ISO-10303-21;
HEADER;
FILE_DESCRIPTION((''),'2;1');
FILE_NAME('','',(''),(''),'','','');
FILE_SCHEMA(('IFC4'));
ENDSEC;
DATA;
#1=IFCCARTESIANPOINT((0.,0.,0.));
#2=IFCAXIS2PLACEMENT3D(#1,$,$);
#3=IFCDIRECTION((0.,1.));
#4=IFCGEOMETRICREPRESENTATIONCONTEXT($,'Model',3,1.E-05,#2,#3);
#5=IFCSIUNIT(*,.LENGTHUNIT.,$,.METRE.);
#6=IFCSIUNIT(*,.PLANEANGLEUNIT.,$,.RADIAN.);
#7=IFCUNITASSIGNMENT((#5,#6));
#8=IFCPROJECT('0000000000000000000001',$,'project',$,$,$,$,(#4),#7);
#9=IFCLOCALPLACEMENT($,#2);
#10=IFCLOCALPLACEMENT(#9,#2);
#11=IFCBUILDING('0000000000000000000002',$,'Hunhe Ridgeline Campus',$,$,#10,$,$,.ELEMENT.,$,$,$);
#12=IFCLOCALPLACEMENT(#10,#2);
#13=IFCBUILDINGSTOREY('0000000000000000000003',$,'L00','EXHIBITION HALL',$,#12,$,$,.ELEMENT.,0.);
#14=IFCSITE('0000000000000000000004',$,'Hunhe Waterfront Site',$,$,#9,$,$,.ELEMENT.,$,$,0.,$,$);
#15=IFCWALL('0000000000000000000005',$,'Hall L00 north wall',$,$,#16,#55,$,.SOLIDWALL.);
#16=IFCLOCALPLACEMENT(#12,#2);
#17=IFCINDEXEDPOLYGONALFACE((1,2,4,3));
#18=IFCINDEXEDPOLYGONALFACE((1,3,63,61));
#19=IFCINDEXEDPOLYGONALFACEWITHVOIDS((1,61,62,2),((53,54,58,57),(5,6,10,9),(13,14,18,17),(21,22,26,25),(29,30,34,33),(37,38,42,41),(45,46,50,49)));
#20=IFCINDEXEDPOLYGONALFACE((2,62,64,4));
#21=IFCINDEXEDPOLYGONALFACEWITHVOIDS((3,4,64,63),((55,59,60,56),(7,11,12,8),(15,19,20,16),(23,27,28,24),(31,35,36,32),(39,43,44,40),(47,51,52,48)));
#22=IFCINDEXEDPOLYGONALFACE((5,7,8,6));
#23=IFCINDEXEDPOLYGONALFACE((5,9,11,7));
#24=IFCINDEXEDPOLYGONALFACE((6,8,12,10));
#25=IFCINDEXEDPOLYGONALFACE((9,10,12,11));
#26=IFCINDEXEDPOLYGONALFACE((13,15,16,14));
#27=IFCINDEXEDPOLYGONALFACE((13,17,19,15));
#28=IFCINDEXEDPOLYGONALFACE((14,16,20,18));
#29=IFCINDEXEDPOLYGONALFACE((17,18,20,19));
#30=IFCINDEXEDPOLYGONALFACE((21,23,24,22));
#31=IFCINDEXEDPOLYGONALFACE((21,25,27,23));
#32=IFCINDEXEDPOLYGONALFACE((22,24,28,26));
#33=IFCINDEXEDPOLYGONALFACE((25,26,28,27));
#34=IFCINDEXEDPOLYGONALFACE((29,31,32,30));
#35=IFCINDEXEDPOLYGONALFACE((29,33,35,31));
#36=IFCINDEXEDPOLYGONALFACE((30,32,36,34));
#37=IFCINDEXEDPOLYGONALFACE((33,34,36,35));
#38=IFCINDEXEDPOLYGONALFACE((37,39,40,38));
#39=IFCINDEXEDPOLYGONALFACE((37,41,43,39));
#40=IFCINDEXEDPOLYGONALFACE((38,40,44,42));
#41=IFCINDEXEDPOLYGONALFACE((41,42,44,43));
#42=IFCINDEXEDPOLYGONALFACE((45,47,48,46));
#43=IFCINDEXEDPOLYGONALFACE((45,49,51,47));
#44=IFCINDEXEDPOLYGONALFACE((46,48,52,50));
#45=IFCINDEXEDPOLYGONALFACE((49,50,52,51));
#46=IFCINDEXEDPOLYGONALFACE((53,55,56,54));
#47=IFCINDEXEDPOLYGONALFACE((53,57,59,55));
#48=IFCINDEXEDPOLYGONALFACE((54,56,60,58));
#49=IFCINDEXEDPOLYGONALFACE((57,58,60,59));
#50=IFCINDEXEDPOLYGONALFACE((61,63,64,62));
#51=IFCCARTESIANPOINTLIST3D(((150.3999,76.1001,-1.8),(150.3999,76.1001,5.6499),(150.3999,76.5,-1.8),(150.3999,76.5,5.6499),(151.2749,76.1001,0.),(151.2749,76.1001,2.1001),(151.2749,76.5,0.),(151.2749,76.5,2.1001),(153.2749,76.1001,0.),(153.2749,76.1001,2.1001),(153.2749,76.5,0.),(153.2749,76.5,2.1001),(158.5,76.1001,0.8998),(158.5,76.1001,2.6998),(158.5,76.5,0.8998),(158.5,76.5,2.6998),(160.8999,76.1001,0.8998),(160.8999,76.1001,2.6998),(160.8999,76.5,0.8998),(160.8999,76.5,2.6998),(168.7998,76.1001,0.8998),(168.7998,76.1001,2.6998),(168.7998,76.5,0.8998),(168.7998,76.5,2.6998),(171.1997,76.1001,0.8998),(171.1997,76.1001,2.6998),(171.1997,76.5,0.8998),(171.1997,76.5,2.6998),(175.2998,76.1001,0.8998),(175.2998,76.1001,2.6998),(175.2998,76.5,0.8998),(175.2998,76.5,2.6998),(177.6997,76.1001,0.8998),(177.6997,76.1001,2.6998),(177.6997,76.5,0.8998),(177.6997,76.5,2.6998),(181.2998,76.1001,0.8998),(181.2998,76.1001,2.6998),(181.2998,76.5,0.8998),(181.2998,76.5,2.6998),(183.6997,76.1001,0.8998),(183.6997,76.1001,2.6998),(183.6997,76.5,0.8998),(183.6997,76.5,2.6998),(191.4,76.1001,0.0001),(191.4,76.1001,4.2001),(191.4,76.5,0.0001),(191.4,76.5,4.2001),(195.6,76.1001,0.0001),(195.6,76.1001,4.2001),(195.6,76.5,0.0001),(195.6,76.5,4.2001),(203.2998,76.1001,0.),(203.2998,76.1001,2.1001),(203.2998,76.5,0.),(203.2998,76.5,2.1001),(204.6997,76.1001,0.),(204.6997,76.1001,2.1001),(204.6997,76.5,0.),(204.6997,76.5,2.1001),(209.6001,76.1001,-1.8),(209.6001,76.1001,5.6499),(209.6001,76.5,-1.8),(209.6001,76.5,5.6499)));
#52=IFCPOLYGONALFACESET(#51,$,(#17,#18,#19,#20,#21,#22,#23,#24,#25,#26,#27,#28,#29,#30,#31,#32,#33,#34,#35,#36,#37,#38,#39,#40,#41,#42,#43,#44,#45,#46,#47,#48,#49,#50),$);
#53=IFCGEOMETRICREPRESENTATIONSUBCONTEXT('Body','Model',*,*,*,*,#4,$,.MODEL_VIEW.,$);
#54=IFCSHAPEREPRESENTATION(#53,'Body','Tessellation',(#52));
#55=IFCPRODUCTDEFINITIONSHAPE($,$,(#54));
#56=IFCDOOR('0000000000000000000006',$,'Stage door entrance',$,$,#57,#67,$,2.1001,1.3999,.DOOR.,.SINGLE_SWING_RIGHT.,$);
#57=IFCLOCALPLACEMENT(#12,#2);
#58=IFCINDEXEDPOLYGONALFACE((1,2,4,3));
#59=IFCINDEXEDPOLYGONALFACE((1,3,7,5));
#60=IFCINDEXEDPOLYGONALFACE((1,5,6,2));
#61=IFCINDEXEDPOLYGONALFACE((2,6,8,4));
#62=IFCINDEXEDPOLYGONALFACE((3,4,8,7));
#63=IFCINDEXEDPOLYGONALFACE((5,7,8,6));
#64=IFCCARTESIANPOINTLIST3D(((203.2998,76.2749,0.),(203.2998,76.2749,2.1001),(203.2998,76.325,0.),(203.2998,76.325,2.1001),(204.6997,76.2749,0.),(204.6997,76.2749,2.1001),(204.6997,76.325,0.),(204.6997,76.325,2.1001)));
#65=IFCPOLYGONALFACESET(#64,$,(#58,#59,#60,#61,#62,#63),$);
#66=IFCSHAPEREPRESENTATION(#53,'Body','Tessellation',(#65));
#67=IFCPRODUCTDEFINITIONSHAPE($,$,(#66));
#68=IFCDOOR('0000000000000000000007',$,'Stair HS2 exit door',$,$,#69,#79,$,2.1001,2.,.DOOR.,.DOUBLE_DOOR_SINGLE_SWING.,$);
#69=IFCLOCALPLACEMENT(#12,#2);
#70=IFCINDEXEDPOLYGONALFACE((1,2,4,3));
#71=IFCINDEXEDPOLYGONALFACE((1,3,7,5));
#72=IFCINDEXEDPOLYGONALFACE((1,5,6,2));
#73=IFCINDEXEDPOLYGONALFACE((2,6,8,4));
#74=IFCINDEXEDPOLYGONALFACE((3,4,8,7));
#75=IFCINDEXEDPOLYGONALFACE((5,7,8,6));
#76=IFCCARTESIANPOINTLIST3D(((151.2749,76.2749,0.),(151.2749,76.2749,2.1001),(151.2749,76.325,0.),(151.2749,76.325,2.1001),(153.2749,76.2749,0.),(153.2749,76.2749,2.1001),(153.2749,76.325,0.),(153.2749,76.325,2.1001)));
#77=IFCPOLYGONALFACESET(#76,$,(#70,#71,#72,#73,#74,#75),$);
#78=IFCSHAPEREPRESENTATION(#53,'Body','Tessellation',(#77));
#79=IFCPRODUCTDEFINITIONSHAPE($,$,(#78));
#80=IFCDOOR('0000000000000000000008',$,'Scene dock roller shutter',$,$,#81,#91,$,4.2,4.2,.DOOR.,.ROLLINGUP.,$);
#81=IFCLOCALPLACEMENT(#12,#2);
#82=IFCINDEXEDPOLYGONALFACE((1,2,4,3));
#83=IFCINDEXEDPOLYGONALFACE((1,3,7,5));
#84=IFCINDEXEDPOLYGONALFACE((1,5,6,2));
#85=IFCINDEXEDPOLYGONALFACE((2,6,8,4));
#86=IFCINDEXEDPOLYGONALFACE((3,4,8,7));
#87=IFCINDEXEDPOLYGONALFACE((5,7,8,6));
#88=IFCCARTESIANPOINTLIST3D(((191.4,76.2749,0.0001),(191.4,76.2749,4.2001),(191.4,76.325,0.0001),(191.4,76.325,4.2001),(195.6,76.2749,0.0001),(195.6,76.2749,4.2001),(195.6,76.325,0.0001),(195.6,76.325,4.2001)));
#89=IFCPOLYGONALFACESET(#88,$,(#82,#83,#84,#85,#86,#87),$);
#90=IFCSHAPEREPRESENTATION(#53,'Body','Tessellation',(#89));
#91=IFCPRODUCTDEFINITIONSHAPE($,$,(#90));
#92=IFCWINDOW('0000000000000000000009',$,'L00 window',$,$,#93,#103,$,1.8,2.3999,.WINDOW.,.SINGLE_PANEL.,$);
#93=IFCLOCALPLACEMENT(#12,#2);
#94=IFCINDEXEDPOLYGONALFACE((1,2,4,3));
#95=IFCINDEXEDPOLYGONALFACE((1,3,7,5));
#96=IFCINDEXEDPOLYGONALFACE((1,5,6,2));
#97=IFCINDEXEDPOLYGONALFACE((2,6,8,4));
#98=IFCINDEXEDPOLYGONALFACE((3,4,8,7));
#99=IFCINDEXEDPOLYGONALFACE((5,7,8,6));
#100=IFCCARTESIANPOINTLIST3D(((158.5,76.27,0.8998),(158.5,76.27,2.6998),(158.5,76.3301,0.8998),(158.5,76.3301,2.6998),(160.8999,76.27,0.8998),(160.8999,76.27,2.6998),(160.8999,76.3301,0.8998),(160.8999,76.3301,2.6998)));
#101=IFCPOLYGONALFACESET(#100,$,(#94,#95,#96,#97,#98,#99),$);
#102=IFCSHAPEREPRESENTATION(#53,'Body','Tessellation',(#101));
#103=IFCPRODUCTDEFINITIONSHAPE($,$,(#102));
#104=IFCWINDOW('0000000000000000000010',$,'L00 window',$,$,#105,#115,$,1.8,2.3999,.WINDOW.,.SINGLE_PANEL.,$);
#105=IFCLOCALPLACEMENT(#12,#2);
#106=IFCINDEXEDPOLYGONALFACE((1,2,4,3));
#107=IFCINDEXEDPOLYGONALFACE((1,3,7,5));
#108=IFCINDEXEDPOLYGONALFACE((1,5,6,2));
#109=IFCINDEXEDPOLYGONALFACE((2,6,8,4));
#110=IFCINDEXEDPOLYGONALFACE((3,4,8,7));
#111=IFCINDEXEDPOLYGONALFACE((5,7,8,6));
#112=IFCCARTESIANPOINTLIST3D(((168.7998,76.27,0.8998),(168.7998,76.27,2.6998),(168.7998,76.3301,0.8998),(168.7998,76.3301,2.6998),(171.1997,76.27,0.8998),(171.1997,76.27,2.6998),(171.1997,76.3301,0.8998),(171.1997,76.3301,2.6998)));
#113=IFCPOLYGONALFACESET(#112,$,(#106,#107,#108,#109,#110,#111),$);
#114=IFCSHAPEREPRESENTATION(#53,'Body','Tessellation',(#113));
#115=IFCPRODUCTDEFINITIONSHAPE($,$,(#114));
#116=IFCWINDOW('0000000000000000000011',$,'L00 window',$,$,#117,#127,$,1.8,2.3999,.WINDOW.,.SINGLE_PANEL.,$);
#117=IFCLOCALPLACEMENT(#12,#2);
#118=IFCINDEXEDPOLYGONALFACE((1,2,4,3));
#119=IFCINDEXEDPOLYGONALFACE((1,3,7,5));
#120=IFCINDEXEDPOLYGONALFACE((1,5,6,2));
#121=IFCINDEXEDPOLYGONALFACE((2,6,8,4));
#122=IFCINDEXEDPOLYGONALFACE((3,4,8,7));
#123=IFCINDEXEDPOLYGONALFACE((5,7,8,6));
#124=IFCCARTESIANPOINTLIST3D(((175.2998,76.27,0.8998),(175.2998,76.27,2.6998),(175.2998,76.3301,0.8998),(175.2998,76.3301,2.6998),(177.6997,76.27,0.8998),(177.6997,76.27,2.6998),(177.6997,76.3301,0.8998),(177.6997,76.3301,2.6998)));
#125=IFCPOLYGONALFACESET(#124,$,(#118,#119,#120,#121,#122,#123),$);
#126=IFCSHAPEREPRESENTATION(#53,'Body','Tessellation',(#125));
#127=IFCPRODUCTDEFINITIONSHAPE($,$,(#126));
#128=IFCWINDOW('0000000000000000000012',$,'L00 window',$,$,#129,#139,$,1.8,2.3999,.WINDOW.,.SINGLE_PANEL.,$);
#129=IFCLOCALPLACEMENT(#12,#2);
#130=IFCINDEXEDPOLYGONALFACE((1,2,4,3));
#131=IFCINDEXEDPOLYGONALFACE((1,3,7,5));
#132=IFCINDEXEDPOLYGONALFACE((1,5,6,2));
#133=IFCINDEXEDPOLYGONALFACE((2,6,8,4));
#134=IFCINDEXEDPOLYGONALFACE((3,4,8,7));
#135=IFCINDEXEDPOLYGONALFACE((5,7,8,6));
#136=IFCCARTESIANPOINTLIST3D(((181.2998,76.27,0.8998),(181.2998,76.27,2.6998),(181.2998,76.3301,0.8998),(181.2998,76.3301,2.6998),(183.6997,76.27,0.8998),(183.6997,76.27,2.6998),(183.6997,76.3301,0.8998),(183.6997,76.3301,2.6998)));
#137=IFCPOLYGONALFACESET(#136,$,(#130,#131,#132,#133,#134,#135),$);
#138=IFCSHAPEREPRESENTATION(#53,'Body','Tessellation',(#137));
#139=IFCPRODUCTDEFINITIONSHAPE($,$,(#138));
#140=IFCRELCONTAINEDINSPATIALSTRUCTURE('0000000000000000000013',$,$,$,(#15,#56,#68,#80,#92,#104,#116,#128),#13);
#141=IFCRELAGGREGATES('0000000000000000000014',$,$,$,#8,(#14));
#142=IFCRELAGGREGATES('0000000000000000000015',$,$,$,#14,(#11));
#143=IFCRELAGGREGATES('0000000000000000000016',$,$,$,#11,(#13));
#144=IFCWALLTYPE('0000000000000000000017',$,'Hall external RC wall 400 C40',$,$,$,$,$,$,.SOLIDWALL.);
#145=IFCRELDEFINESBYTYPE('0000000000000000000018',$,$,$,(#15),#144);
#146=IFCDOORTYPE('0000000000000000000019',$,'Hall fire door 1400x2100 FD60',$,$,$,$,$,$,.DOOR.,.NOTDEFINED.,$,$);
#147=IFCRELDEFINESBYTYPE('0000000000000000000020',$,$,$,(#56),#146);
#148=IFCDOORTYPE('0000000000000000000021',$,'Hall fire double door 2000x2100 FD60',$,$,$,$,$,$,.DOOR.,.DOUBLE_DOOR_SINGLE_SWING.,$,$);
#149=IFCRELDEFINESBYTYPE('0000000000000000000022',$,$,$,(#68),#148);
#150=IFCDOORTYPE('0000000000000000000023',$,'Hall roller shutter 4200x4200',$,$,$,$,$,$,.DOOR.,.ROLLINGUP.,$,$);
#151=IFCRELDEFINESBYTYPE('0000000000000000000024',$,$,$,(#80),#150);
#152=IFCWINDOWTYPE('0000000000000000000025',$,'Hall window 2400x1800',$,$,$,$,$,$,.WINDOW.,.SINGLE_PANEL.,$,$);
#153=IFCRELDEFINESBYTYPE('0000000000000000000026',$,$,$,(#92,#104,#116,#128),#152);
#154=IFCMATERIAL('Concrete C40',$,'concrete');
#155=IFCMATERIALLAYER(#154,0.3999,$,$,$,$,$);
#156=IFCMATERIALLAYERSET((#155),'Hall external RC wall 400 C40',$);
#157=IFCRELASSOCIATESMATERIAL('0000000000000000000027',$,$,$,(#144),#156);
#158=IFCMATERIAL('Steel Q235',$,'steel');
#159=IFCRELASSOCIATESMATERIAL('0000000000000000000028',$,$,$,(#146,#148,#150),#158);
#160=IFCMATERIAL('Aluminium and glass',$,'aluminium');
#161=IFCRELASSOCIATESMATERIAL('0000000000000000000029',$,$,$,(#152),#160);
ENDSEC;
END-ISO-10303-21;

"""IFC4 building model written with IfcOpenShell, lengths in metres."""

from ifc_helpers import new_model, si_unit, direction, frame, frame_2d, origin, place, context, subcontext, project, spatial, rectangle, extrude, material, layer, layer_set, type_object, element, fill, save


model = new_model("IFC4")

# Units and contexts
model_context = context("Model", 3, precision=1e-05, world=origin(), true_north=direction((0.0, 1.0)))
body_context = subcontext(model_context, "Body", "Model", "MODEL_VIEW")
ifc_project = project(units=[si_unit("LENGTHUNIT", "METRE"), si_unit("PLANEANGLEUNIT", "RADIAN")], contexts=[model_context])

# Site, building, storey
site_placement = place(None, origin())
site = spatial("IfcSite", under=ifc_project, at=site_placement, Name="Hunhe Waterfront Site", CompositionType="ELEMENT", RefElevation=0.0)
building_placement = place(site_placement, origin())
building = spatial("IfcBuilding", under=site, at=building_placement, Name="Hunhe Ridgeline Campus", CompositionType="ELEMENT")
storey_placement = place(building_placement, origin())
storey = spatial("IfcBuildingStorey", under=building, at=storey_placement, Name="L00", Description="EXHIBITION HALL", CompositionType="ELEMENT", Elevation=0.0)

# Shared definitions
ifc_material_1 = material(Name="Aluminium and glass", Category="aluminium")

# Wall, openings, doors, windows
ifc_material_2 = material(Name="Concrete C40", Category="concrete")
ifc_layer_1 = layer(ifc_material_2, 0.3999)
ifc_layer_set_1 = layer_set([ifc_layer_1], Name="Hall external RC wall 400 C40")
wall_type = type_object("IfcWallType", Name="Hall external RC wall 400 C40", PredefinedType="SOLIDWALL", material=ifc_layer_set_1)
wall_placement = place(storey_placement, frame((150.3999, 76.3, -1.8), z_axis=(0.0, 0.0, 1.0), x_axis=(1.0, 0.0, 0.0)))
wall = element("IfcWall", 1, at=wall_placement, inside=storey, type_object=wall_type, Name="Hall L00 north wall", PredefinedType="SOLIDWALL", context=body_context, shape_type="SweptSolid", body=[
    extrude(rectangle(XDim=59.2002, YDim=0.3999, at=frame_2d((29.6001, 0.0))), origin(), (0.0, 0.0, 1.0), 7.45),
])
opening_1_placement = place(wall_placement, frame((0.875, 0.0, 1.8)))
opening_1 = element("IfcOpeningElement", 2, at=opening_1_placement, cuts=wall, PredefinedType="OPENING", context=body_context, shape_type="SweptSolid", body=[
    extrude(rectangle(XDim=2.0, YDim=2.1001, at=frame_2d((1.0, 1.05))), frame((0.0, 0.2, 0.0), z_axis=(0.0, -1.0, 0.0), x_axis=(1.0, 0.0, 0.0)), (0.0, 0.0, 1.0), 0.3999),
])
opening_2_placement = place(wall_placement, frame((41.0, 0.0, 1.8)))
opening_2 = element("IfcOpeningElement", 3, at=opening_2_placement, cuts=wall, PredefinedType="OPENING", context=body_context, shape_type="SweptSolid", body=[
    extrude(rectangle(XDim=4.2, YDim=4.2, at=frame_2d((2.1001, 2.1001))), frame((0.0, 0.2, 0.0), z_axis=(0.0, -1.0, 0.0), x_axis=(1.0, 0.0, 0.0)), (0.0, 0.0, 1.0), 0.3999),
])
opening_3_placement = place(wall_placement, frame((52.8999, 0.0, 1.8)))
opening_3 = element("IfcOpeningElement", 4, at=opening_3_placement, cuts=wall, PredefinedType="OPENING", context=body_context, shape_type="SweptSolid", body=[
    extrude(rectangle(XDim=1.3999, YDim=2.1001, at=frame_2d((0.7, 1.05))), frame((0.0, 0.2, 0.0), z_axis=(0.0, -1.0, 0.0), x_axis=(1.0, 0.0, 0.0)), (0.0, 0.0, 1.0), 0.3999),
])
opening_4_placement = place(wall_placement, frame((8.1001, 0.0, 2.7)))
opening_4 = element("IfcOpeningElement", 5, at=opening_4_placement, cuts=wall, PredefinedType="OPENING", context=body_context, shape_type="SweptSolid", body=[
    extrude(rectangle(XDim=2.3999, YDim=1.8, at=frame_2d((1.2, 0.8999))), frame((0.0, 0.2, 0.0), z_axis=(0.0, -1.0, 0.0), x_axis=(1.0, 0.0, 0.0)), (0.0, 0.0, 1.0), 0.3999),
])
opening_5_placement = place(wall_placement, frame((18.3999, 0.0, 2.7)))
opening_5 = element("IfcOpeningElement", 6, at=opening_5_placement, cuts=wall, PredefinedType="OPENING", context=body_context, shape_type="SweptSolid", body=[
    extrude(rectangle(XDim=2.3999, YDim=1.8, at=frame_2d((1.2, 0.8999))), frame((0.0, 0.2, 0.0), z_axis=(0.0, -1.0, 0.0), x_axis=(1.0, 0.0, 0.0)), (0.0, 0.0, 1.0), 0.3999),
])
opening_6_placement = place(wall_placement, frame((24.8999, 0.0, 2.7)))
opening_6 = element("IfcOpeningElement", 7, at=opening_6_placement, cuts=wall, PredefinedType="OPENING", context=body_context, shape_type="SweptSolid", body=[
    extrude(rectangle(XDim=2.3999, YDim=1.8, at=frame_2d((1.2, 0.8999))), frame((0.0, 0.2, 0.0), z_axis=(0.0, -1.0, 0.0), x_axis=(1.0, 0.0, 0.0)), (0.0, 0.0, 1.0), 0.3999),
])
opening_7_placement = place(wall_placement, frame((30.8999, 0.0, 2.7)))
opening_7 = element("IfcOpeningElement", 8, at=opening_7_placement, cuts=wall, PredefinedType="OPENING", context=body_context, shape_type="SweptSolid", body=[
    extrude(rectangle(XDim=2.3999, YDim=1.8, at=frame_2d((1.2, 0.8999))), frame((0.0, 0.2, 0.0), z_axis=(0.0, -1.0, 0.0), x_axis=(1.0, 0.0, 0.0)), (0.0, 0.0, 1.0), 0.3999),
])
ifc_material_3 = material(Name="Steel Q235", Category="steel")
door_type_1 = type_object("IfcDoorType", Name="Hall fire door 1400x2100 FD60", OperationType="NOTDEFINED", PredefinedType="DOOR", material=ifc_material_3)
door_1_placement = place(opening_3_placement, origin())
door_1 = element("IfcDoor", 9, at=door_1_placement, inside=storey, type_object=door_type_1, Name="Stage door entrance", OperationType="SINGLE_SWING_RIGHT", OverallHeight=2.1001, OverallWidth=1.3999, PredefinedType="DOOR", context=body_context, shape_type="SweptSolid", body=[
    extrude(rectangle(XDim=1.3999, YDim=2.1001, at=frame_2d((0.7, 1.05))), frame((0.0, 0.0249, 0.0), z_axis=(0.0, -1.0, 0.0), x_axis=(1.0, 0.0, 0.0)), (0.0, 0.0, 1.0), 0.05),
])
fill(opening_3, door_1)
door_type_2 = type_object("IfcDoorType", Name="Hall fire double door 2000x2100 FD60", OperationType="DOUBLE_DOOR_SINGLE_SWING", PredefinedType="DOOR", material=ifc_material_3)
door_2_placement = place(opening_1_placement, origin())
door_2 = element("IfcDoor", 10, at=door_2_placement, inside=storey, type_object=door_type_2, Name="Stair HS2 exit door", OperationType="DOUBLE_DOOR_SINGLE_SWING", OverallHeight=2.1001, OverallWidth=2.0, PredefinedType="DOOR", context=body_context, shape_type="SweptSolid", body=[
    extrude(rectangle(XDim=2.0, YDim=2.1001, at=frame_2d((1.0, 1.05))), frame((0.0, 0.0249, 0.0), z_axis=(0.0, -1.0, 0.0), x_axis=(1.0, 0.0, 0.0)), (0.0, 0.0, 1.0), 0.05),
])
fill(opening_1, door_2)
door_type_3 = type_object("IfcDoorType", Name="Hall roller shutter 4200x4200", OperationType="ROLLINGUP", PredefinedType="DOOR", material=ifc_material_3)
door_3_placement = place(opening_2_placement, origin())
door_3 = element("IfcDoor", 11, at=door_3_placement, inside=storey, type_object=door_type_3, Name="Scene dock roller shutter", OperationType="ROLLINGUP", OverallHeight=4.2, OverallWidth=4.2, PredefinedType="DOOR", context=body_context, shape_type="SweptSolid", body=[
    extrude(rectangle(XDim=4.2, YDim=4.2, at=frame_2d((2.1001, 2.1001))), frame((0.0, 0.0249, 0.0), z_axis=(0.0, -1.0, 0.0), x_axis=(1.0, 0.0, 0.0)), (0.0, 0.0, 1.0), 0.05),
])
fill(opening_2, door_3)
window_type = type_object("IfcWindowType", Name="Hall window 2400x1800", PartitioningType="SINGLE_PANEL", PredefinedType="WINDOW", material=ifc_material_1)
window_1_placement = place(opening_4_placement, origin())
window_1 = element("IfcWindow", 12, at=window_1_placement, inside=storey, type_object=window_type, Name="L00 window", OverallHeight=1.8, OverallWidth=2.3999, PartitioningType="SINGLE_PANEL", PredefinedType="WINDOW", context=body_context, shape_type="SweptSolid", body=[
    extrude(rectangle(XDim=2.3999, YDim=1.8, at=frame_2d((1.2, 0.8999))), frame((0.0, 0.03, 0.0), z_axis=(0.0, -1.0, 0.0), x_axis=(1.0, 0.0, 0.0)), (0.0, 0.0, 1.0), 0.0601),
])
fill(opening_4, window_1)
window_2_placement = place(opening_5_placement, origin())
window_2 = element("IfcWindow", 13, at=window_2_placement, inside=storey, type_object=window_type, Name="L00 window", OverallHeight=1.8, OverallWidth=2.3999, PartitioningType="SINGLE_PANEL", PredefinedType="WINDOW", context=body_context, shape_type="SweptSolid", body=[
    extrude(rectangle(XDim=2.3999, YDim=1.8, at=frame_2d((1.2, 0.8999))), frame((0.0, 0.03, 0.0), z_axis=(0.0, -1.0, 0.0), x_axis=(1.0, 0.0, 0.0)), (0.0, 0.0, 1.0), 0.0601),
])
fill(opening_5, window_2)
window_3_placement = place(opening_6_placement, origin())
window_3 = element("IfcWindow", 14, at=window_3_placement, inside=storey, type_object=window_type, Name="L00 window", OverallHeight=1.8, OverallWidth=2.3999, PartitioningType="SINGLE_PANEL", PredefinedType="WINDOW", context=body_context, shape_type="SweptSolid", body=[
    extrude(rectangle(XDim=2.3999, YDim=1.8, at=frame_2d((1.2, 0.8999))), frame((0.0, 0.03, 0.0), z_axis=(0.0, -1.0, 0.0), x_axis=(1.0, 0.0, 0.0)), (0.0, 0.0, 1.0), 0.0601),
])
fill(opening_6, window_3)
window_4_placement = place(opening_7_placement, origin())
window_4 = element("IfcWindow", 15, at=window_4_placement, inside=storey, type_object=window_type, Name="L00 window", OverallHeight=1.8, OverallWidth=2.3999, PartitioningType="SINGLE_PANEL", PredefinedType="WINDOW", context=body_context, shape_type="SweptSolid", body=[
    extrude(rectangle(XDim=2.3999, YDim=1.8, at=frame_2d((1.2, 0.8999))), frame((0.0, 0.03, 0.0), z_axis=(0.0, -1.0, 0.0), x_axis=(1.0, 0.0, 0.0)), (0.0, 0.0, 1.0), 0.0601),
])
fill(opening_7, window_4)

save(model, "model.ifc")
